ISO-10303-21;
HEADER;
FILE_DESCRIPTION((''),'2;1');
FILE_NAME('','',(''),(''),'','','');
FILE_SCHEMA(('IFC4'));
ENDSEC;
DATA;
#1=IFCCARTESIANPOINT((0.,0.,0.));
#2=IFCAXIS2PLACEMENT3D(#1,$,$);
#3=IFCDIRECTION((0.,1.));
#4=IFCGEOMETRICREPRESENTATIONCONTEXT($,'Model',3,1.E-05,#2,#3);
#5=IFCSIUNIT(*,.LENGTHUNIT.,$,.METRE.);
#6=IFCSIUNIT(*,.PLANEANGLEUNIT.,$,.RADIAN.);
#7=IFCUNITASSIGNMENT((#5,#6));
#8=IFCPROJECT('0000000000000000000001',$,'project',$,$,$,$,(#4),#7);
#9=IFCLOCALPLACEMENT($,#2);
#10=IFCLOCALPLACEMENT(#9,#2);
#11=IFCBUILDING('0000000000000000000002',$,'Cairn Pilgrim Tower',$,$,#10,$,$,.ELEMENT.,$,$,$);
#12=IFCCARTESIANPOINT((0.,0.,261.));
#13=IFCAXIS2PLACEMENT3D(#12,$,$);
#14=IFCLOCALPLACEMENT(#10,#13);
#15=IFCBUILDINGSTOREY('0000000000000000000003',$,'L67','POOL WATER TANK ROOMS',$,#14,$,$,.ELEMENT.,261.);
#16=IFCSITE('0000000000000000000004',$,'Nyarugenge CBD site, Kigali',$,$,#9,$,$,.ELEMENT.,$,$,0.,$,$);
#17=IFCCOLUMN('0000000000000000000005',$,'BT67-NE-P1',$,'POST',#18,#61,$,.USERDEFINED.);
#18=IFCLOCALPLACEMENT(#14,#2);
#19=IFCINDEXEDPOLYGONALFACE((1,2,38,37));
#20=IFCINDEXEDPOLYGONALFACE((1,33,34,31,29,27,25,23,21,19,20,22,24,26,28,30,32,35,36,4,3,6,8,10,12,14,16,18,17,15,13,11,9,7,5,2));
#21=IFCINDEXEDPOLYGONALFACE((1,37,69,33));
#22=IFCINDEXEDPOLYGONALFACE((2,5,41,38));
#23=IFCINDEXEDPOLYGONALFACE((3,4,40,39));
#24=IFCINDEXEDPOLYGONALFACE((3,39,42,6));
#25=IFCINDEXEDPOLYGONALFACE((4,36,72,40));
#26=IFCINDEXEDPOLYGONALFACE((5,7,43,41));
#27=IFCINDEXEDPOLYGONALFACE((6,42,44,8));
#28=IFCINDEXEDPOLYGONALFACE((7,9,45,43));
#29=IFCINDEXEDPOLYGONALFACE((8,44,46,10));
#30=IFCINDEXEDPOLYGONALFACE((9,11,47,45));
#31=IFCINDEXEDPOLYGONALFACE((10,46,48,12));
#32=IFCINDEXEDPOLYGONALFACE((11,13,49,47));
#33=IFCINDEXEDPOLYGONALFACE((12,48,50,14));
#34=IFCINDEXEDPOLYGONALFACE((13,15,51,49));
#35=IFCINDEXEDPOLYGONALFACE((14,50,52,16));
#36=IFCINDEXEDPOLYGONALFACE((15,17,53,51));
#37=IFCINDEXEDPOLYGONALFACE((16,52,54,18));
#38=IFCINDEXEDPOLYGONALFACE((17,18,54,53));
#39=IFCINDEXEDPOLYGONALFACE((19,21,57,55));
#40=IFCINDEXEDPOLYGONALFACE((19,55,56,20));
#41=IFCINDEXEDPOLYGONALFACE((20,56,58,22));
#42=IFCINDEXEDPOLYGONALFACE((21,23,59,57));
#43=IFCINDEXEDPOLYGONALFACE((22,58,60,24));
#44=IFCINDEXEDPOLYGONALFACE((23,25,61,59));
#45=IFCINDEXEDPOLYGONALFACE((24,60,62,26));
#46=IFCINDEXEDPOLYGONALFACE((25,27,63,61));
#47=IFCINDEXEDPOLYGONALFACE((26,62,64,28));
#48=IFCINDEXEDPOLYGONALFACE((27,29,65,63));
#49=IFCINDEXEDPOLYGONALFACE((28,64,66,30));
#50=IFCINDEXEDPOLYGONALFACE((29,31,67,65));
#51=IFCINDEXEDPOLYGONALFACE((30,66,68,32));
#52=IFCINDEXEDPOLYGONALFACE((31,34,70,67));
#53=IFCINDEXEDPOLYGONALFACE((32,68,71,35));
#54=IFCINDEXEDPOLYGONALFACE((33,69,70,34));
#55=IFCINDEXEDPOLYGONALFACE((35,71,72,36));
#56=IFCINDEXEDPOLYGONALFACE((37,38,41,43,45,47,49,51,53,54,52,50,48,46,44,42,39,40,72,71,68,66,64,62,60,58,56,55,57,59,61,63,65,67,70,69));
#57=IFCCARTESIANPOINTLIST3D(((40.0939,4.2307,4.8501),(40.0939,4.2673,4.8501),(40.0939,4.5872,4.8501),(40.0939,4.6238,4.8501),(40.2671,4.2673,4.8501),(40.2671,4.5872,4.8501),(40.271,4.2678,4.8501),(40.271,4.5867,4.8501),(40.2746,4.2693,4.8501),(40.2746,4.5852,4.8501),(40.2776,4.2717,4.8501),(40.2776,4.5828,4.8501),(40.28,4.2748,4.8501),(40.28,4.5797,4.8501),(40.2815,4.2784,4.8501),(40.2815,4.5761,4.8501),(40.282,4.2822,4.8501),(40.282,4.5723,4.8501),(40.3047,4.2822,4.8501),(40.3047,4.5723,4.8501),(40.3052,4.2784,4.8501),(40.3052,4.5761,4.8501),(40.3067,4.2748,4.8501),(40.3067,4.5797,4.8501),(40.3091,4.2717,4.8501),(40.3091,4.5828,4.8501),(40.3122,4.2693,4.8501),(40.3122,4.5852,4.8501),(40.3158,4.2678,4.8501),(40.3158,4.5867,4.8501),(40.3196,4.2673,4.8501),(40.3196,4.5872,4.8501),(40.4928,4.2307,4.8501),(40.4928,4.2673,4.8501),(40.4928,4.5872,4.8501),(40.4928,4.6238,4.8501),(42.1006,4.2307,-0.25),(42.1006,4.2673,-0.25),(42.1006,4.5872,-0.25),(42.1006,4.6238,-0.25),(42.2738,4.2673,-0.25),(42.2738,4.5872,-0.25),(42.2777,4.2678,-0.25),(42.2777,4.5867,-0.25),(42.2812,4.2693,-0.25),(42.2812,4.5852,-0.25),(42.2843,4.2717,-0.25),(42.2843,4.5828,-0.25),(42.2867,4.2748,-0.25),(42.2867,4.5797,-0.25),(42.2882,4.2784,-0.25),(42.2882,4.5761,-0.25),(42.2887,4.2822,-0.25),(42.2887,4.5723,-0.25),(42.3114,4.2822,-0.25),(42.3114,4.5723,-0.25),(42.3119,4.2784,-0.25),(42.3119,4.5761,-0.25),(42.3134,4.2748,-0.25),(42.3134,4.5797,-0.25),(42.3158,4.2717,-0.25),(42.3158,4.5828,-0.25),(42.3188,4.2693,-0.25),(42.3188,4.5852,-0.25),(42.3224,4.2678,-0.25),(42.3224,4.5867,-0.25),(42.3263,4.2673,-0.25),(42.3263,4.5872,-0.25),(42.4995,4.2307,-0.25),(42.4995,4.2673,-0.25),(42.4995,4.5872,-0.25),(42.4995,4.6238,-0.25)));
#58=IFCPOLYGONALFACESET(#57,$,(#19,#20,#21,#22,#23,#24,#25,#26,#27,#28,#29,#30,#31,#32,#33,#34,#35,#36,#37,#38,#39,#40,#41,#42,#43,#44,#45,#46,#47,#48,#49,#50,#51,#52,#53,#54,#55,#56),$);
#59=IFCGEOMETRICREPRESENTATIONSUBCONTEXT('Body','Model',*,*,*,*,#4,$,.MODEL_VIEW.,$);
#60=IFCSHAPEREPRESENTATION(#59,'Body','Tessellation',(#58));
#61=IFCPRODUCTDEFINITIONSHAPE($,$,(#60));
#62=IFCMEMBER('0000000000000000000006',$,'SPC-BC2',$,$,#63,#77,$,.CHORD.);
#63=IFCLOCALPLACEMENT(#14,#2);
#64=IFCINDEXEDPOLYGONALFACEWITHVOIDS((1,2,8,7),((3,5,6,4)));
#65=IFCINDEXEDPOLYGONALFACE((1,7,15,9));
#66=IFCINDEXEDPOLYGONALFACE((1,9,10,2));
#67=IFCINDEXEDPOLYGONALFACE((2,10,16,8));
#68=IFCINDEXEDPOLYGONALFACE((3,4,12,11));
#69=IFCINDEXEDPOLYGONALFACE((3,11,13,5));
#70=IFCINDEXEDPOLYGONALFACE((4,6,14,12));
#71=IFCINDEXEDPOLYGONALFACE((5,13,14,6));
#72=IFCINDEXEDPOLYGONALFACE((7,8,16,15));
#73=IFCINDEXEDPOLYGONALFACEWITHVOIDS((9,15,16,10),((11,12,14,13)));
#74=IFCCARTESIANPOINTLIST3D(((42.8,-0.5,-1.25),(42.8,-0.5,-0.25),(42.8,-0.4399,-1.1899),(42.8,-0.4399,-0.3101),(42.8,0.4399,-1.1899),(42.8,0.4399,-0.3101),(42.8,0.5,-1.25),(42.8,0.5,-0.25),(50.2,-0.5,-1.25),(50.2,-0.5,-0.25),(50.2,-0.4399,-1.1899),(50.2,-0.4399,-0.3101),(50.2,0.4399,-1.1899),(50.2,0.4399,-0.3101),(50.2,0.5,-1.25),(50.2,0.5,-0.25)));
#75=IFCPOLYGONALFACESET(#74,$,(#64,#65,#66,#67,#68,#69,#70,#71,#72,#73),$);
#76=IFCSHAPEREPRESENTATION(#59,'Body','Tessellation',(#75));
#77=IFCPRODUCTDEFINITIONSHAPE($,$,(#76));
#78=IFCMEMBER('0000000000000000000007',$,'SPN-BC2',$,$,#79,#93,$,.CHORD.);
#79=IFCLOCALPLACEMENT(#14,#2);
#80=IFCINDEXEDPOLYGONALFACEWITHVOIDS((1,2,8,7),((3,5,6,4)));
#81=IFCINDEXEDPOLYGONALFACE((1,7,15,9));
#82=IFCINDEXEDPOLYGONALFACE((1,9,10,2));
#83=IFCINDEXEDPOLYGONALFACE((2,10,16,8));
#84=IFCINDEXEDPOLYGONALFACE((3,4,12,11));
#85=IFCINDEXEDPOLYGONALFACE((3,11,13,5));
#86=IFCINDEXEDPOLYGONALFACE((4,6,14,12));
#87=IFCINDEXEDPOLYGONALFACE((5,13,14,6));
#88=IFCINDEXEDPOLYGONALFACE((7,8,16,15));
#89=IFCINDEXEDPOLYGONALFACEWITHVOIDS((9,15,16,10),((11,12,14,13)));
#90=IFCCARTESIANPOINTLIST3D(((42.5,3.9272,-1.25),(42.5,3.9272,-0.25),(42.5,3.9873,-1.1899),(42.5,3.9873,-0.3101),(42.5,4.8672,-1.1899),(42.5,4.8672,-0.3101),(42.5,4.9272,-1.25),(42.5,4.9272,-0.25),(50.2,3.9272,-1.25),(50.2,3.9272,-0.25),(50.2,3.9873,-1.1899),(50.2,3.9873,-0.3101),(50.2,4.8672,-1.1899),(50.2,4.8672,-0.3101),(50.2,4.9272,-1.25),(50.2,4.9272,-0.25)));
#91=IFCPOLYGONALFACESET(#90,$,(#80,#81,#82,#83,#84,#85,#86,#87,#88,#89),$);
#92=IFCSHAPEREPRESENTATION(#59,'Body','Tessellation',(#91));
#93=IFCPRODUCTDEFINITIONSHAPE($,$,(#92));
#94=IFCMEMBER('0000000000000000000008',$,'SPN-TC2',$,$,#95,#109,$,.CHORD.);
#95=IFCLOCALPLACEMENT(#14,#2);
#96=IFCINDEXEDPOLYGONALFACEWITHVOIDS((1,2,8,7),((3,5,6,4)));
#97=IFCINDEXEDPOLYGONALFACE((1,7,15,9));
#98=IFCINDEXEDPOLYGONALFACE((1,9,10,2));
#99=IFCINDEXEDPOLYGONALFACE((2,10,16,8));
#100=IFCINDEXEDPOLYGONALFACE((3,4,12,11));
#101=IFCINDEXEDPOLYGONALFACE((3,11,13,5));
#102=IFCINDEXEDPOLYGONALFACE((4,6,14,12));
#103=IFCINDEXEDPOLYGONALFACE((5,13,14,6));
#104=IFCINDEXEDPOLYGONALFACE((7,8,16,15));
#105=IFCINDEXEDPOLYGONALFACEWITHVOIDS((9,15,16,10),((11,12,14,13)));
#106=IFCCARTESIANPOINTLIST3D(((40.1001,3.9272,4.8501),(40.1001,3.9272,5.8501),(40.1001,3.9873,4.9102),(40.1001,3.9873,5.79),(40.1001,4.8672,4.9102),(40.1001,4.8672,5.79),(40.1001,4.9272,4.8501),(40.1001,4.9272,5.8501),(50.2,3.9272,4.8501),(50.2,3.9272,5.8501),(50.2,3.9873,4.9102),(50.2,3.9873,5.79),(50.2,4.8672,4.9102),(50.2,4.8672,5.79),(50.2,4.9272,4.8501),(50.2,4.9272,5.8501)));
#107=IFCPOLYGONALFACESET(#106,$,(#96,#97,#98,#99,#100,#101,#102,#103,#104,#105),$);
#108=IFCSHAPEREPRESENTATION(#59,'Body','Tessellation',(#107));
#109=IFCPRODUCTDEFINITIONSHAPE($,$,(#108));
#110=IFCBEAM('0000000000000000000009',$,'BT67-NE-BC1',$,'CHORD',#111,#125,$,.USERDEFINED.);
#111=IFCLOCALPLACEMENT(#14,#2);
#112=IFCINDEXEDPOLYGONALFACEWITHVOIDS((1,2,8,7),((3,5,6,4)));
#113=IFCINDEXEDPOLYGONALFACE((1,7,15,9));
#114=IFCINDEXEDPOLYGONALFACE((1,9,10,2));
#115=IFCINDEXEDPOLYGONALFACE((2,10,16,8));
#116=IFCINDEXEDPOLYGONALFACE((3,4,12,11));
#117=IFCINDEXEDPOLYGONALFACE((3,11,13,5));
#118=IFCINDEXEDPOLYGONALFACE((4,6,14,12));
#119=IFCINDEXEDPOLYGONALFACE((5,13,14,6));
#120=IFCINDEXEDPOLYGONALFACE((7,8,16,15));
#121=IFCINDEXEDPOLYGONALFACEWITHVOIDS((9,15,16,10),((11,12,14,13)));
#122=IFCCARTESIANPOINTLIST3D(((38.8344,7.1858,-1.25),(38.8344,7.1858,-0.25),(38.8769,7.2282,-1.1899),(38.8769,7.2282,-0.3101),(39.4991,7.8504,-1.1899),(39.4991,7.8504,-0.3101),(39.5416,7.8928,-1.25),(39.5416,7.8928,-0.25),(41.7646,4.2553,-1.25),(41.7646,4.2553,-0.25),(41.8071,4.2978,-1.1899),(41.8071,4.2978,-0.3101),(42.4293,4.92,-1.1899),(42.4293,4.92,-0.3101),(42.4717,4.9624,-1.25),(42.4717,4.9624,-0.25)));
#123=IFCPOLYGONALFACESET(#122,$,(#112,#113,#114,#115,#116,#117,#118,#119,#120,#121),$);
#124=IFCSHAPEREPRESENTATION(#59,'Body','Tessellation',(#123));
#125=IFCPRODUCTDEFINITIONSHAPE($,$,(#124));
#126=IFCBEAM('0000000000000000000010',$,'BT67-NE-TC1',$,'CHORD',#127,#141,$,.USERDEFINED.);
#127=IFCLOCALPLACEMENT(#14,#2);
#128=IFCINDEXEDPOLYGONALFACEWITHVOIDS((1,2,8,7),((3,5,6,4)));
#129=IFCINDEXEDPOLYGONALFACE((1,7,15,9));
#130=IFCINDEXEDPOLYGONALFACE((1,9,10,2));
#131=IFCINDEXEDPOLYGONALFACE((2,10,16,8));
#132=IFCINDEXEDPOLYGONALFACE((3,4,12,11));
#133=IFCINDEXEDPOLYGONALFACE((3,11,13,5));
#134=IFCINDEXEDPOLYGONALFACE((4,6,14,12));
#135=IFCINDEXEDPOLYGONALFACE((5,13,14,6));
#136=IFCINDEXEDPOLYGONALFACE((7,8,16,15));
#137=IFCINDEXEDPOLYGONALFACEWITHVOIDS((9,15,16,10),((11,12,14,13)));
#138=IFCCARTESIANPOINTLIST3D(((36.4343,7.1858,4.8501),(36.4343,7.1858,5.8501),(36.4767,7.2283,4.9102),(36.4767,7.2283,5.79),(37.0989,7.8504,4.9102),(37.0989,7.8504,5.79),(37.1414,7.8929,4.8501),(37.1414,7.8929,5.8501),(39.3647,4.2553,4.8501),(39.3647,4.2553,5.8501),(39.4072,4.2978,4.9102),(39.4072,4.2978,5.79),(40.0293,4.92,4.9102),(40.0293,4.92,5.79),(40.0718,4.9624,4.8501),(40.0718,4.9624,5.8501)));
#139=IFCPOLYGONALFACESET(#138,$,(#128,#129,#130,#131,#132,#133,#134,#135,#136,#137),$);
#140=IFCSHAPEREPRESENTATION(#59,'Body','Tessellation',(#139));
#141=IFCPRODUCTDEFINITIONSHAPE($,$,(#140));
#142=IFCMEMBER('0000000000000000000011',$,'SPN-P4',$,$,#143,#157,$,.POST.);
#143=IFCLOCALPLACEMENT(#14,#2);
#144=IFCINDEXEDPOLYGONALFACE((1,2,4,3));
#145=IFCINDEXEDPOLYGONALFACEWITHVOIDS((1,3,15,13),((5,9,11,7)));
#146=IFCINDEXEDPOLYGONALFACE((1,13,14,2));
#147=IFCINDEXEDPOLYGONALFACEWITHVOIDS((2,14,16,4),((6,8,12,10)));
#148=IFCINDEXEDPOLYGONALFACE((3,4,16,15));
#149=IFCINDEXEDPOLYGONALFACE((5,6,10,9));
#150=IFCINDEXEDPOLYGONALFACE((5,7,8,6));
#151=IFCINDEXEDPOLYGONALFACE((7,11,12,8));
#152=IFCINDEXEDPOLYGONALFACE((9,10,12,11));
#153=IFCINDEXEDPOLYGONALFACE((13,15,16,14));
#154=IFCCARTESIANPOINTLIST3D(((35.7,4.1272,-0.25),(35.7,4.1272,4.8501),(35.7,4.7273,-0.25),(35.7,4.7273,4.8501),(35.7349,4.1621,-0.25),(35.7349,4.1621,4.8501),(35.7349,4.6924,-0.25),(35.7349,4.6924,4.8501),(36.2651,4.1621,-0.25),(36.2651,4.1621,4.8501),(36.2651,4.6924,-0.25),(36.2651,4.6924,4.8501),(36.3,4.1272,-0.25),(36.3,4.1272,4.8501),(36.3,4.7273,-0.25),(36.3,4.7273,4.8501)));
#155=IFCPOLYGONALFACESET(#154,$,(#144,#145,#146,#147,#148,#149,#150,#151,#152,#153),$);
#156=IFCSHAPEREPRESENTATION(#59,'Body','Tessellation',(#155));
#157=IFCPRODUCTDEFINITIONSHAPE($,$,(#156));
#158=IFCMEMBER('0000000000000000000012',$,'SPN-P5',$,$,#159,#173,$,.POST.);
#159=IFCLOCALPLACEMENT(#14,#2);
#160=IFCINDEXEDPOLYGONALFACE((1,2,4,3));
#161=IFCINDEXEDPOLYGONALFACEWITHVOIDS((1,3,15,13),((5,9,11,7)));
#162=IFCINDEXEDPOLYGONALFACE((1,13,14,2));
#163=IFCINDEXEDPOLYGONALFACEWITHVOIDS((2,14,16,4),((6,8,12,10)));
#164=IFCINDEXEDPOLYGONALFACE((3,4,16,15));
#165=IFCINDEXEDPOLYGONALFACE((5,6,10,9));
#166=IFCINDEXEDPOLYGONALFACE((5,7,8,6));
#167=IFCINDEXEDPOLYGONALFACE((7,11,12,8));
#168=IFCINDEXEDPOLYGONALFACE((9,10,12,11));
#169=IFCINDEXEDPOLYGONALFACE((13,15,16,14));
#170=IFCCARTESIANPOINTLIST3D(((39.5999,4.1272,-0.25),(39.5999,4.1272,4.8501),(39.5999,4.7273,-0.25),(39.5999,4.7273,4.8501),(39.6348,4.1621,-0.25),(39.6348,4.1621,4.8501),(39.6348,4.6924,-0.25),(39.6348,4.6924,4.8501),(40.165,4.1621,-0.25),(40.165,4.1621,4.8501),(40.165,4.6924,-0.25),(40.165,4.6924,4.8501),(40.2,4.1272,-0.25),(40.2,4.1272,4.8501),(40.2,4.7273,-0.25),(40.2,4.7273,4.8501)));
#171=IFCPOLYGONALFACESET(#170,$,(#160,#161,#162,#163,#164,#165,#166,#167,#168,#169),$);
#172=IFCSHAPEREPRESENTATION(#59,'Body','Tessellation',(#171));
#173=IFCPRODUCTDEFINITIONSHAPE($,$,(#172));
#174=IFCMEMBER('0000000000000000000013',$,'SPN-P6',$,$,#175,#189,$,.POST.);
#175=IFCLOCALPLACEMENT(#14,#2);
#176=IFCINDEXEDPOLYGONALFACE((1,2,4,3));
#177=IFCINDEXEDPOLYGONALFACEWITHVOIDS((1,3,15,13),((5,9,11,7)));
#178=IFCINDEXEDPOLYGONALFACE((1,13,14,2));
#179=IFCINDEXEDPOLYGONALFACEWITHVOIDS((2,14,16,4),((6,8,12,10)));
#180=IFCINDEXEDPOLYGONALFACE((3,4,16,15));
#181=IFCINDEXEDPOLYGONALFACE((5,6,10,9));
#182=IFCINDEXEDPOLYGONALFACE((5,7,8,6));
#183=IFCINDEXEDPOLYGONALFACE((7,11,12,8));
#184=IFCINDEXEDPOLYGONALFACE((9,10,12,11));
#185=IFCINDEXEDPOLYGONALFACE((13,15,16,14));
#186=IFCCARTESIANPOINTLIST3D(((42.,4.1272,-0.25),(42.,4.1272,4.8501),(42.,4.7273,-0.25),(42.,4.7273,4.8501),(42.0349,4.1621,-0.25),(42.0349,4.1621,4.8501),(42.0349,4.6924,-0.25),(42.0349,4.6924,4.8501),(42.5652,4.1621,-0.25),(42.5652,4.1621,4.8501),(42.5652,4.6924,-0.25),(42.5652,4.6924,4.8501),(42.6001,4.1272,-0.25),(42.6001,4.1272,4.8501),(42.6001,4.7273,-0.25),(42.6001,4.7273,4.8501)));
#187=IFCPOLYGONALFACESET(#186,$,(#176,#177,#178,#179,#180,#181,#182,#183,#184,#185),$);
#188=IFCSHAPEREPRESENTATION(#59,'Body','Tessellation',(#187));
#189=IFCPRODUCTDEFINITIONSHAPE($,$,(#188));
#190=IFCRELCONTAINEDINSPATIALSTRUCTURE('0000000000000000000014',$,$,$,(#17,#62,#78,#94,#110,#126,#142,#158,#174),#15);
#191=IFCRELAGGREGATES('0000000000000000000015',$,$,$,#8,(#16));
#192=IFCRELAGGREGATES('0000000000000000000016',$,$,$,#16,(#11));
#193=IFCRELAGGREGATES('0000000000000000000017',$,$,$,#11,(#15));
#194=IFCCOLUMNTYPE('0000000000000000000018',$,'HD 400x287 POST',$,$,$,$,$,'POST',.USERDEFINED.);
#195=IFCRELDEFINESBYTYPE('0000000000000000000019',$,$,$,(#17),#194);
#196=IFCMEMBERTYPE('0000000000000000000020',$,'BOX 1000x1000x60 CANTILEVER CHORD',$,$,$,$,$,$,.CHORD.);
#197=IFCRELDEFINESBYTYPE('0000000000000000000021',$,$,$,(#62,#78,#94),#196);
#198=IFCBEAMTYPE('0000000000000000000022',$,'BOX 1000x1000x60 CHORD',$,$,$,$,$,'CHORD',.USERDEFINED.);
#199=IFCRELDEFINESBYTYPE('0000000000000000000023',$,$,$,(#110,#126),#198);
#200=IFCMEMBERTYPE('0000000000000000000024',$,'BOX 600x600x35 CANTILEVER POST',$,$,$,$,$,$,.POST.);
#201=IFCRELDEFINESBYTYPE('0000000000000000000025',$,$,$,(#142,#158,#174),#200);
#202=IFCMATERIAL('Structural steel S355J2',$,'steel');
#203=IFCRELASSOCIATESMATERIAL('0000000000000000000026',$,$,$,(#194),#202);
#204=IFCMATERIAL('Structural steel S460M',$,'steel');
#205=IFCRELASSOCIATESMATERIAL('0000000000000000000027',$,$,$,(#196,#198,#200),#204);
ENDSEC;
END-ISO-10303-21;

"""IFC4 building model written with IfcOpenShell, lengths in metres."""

from ifc_helpers import new_model, si_unit, direction, frame, origin, origin_2d, place, context, subcontext, project, spatial, hollow_rectangle, i_section, extrude, clip, halfspace, material, material_profile, profile_set, type_object, element, save


model = new_model("IFC4")

# Units and contexts
model_context = context("Model", 3, precision=1e-05, world=origin(), true_north=direction((0.0, 1.0)))
body_context = subcontext(model_context, "Body", "Model", "MODEL_VIEW")
ifc_project = project(units=[si_unit("LENGTHUNIT", "METRE"), si_unit("PLANEANGLEUNIT", "RADIAN")], contexts=[model_context])

# Site, building, storey
site_placement = place(None, origin())
site = spatial("IfcSite", under=ifc_project, at=site_placement, Name="Nyarugenge CBD site, Kigali", CompositionType="ELEMENT", RefElevation=0.0)
building_placement = place(site_placement, origin())
building = spatial("IfcBuilding", under=site, at=building_placement, Name="Cairn Pilgrim Tower", CompositionType="ELEMENT")
storey_placement = place(building_placement, frame((0.0, 0.0, 261.0)))
storey = spatial("IfcBuildingStorey", under=building, at=storey_placement, Name="L67", Description="POOL WATER TANK ROOMS", CompositionType="ELEMENT", Elevation=261.0)

# Column
ifc_material_1 = material(Name="Structural steel S355J2", Category="steel")
ifc_material_profile_1 = material_profile(ifc_material_1, i_section(OverallWidth=0.3989, OverallDepth=0.3931, WebThickness=0.0227, FlangeThickness=0.0366, FilletRadius=0.0149, at=origin_2d()), Name="HD 400x287")
ifc_profile_set_1 = profile_set([ifc_material_profile_1], Name="Structural steel S355J2")
column_type = type_object("IfcColumnType", Name="HD 400x287 POST", ElementType="POST", PredefinedType="USERDEFINED", material=ifc_profile_set_1)
column_placement = place(storey_placement, frame((42.3, 4.4272, -0.25), z_axis=(0.0, 0.0, 1.0), x_axis=(1.0, 0.0, 0.0)))
element("IfcColumn", 1, at=column_placement, inside=storey, type_object=column_type, Name="BT67-NE-P1", ObjectType="POST", PredefinedType="USERDEFINED", context=body_context, shape_type="Clipping", body=[
    clip(extrude(i_section(OverallWidth=0.3989, OverallDepth=0.3931, WebThickness=0.0227, FlangeThickness=0.0366, FilletRadius=0.0149, at=origin_2d()), origin(), (-0.366139, 0.0, 0.93056), 6.5552), halfspace(frame((0.0, 0.0, 5.1001), z_axis=(0.0, 0.0, 1.0), x_axis=(1.0, 0.0, 0.0)), False)),
])

# Members
ifc_material_2 = material(Name="Structural steel S460M", Category="steel")
ifc_material_profile_2 = material_profile(ifc_material_2, hollow_rectangle(XDim=1.0, YDim=1.0, WallThickness=0.0601, at=origin_2d()), Name="BOX 1000x1000x60")
ifc_profile_set_2 = profile_set([ifc_material_profile_2], Name="Structural steel S460M")
member_type_1 = type_object("IfcMemberType", Name="BOX 1000x1000x60 CANTILEVER CHORD", PredefinedType="CHORD", material=ifc_profile_set_2)
member_1_placement = place(storey_placement, frame((42.8, 0.0, -0.75), z_axis=(1.0, 0.0, 0.0), x_axis=(0.0, 1.0, 0.0)))
element("IfcMember", 2, at=member_1_placement, inside=storey, type_object=member_type_1, Name="SPC-BC2", PredefinedType="CHORD", context=body_context, shape_type="SweptSolid", body=[
    extrude(hollow_rectangle(XDim=1.0, YDim=1.0, WallThickness=0.0601, at=origin_2d()), origin(), (0.0, 0.0, 1.0), 7.3999),
])
member_2_placement = place(storey_placement, frame((42.5, 4.4272, -0.75), z_axis=(1.0, 0.0, 0.0), x_axis=(0.0, 1.0, 0.0)))
element("IfcMember", 3, at=member_2_placement, inside=storey, type_object=member_type_1, Name="SPN-BC2", PredefinedType="CHORD", context=body_context, shape_type="SweptSolid", body=[
    extrude(hollow_rectangle(XDim=1.0, YDim=1.0, WallThickness=0.0601, at=origin_2d()), origin(), (0.0, 0.0, 1.0), 7.7),
])
member_3_placement = place(storey_placement, frame((40.1001, 4.4272, 5.3501), z_axis=(1.0, 0.0, 0.0), x_axis=(0.0, 1.0, 0.0)))
element("IfcMember", 4, at=member_3_placement, inside=storey, type_object=member_type_1, Name="SPN-TC2", PredefinedType="CHORD", context=body_context, shape_type="SweptSolid", body=[
    extrude(hollow_rectangle(XDim=1.0, YDim=1.0, WallThickness=0.0601, at=origin_2d()), origin(), (0.0, 0.0, 1.0), 10.0999),
])

# Beams
ifc_material_profile_3 = material_profile(ifc_material_2, hollow_rectangle(XDim=1.0, YDim=1.0, WallThickness=0.0601, at=origin_2d()), Name="BOX 1000x1000x60")
ifc_profile_set_3 = profile_set([ifc_material_profile_3], Name="Structural steel S460M")
beam_type_1 = type_object("IfcBeamType", Name="BOX 1000x1000x60 CHORD", ElementType="CHORD", PredefinedType="USERDEFINED", material=ifc_profile_set_3)
beam_1_placement = place(storey_placement, frame((42.1182, 4.6089, -0.75), z_axis=(-0.707077, 0.707136, 0.0), x_axis=(-0.707136, -0.707077, 0.0)))
element("IfcBeam", 5, at=beam_1_placement, inside=storey, type_object=beam_type_1, Name="BT67-NE-BC1", ObjectType="CHORD", PredefinedType="USERDEFINED", context=body_context, shape_type="SweptSolid", body=[
    extrude(hollow_rectangle(XDim=1.0, YDim=1.0, WallThickness=0.0601, at=origin_2d()), origin(), (0.0, 0.0, 1.0), 4.144),
])
beam_2_placement = place(storey_placement, frame((39.7183, 4.6089, 5.3501), z_axis=(-0.707107, 0.707107, 0.0), x_axis=(-0.707107, -0.707107, 0.0)))
element("IfcBeam", 6, at=beam_2_placement, inside=storey, type_object=beam_type_1, Name="BT67-NE-TC1", ObjectType="CHORD", PredefinedType="USERDEFINED", context=body_context, shape_type="SweptSolid", body=[
    extrude(hollow_rectangle(XDim=1.0, YDim=1.0, WallThickness=0.0601, at=origin_2d()), origin(), (0.0, 0.0, 1.0), 4.1443),
])

# Members
ifc_material_profile_4 = material_profile(ifc_material_2, hollow_rectangle(XDim=0.6001, YDim=0.6001, WallThickness=0.0349, at=origin_2d()), Name="BOX 600x600x35")
ifc_profile_set_4 = profile_set([ifc_material_profile_4], Name="Structural steel S460M")
member_type_2 = type_object("IfcMemberType", Name="BOX 600x600x35 CANTILEVER POST", PredefinedType="POST", material=ifc_profile_set_4)
for number, where, z_axis, x_axis, name in (
    (7, (36.0, 4.4272, -0.25), (0.0, 0.0, 1.0), (1.0, 0.0, 0.0), "SPN-P4"),
    (8, (39.8999, 4.4272, -0.25), (0.0, 0.0, 1.0), (1.0, 0.0, 0.0), "SPN-P5"),
    (9, (42.3, 4.4272, -0.25), (0.0, 0.0, 1.0), (1.0, 0.0, 0.0), "SPN-P6"),
):
    element("IfcMember", number, at=place(storey_placement, frame(where, z_axis=z_axis, x_axis=x_axis)), inside=storey, type_object=member_type_2, Name=name, PredefinedType="POST", context=body_context, shape_type="SweptSolid", body=[
        extrude(hollow_rectangle(XDim=0.6001, YDim=0.6001, WallThickness=0.0349, at=origin_2d()), origin(), (0.0, 0.0, 1.0), 5.1001),
    ])

save(model, "model.ifc")
